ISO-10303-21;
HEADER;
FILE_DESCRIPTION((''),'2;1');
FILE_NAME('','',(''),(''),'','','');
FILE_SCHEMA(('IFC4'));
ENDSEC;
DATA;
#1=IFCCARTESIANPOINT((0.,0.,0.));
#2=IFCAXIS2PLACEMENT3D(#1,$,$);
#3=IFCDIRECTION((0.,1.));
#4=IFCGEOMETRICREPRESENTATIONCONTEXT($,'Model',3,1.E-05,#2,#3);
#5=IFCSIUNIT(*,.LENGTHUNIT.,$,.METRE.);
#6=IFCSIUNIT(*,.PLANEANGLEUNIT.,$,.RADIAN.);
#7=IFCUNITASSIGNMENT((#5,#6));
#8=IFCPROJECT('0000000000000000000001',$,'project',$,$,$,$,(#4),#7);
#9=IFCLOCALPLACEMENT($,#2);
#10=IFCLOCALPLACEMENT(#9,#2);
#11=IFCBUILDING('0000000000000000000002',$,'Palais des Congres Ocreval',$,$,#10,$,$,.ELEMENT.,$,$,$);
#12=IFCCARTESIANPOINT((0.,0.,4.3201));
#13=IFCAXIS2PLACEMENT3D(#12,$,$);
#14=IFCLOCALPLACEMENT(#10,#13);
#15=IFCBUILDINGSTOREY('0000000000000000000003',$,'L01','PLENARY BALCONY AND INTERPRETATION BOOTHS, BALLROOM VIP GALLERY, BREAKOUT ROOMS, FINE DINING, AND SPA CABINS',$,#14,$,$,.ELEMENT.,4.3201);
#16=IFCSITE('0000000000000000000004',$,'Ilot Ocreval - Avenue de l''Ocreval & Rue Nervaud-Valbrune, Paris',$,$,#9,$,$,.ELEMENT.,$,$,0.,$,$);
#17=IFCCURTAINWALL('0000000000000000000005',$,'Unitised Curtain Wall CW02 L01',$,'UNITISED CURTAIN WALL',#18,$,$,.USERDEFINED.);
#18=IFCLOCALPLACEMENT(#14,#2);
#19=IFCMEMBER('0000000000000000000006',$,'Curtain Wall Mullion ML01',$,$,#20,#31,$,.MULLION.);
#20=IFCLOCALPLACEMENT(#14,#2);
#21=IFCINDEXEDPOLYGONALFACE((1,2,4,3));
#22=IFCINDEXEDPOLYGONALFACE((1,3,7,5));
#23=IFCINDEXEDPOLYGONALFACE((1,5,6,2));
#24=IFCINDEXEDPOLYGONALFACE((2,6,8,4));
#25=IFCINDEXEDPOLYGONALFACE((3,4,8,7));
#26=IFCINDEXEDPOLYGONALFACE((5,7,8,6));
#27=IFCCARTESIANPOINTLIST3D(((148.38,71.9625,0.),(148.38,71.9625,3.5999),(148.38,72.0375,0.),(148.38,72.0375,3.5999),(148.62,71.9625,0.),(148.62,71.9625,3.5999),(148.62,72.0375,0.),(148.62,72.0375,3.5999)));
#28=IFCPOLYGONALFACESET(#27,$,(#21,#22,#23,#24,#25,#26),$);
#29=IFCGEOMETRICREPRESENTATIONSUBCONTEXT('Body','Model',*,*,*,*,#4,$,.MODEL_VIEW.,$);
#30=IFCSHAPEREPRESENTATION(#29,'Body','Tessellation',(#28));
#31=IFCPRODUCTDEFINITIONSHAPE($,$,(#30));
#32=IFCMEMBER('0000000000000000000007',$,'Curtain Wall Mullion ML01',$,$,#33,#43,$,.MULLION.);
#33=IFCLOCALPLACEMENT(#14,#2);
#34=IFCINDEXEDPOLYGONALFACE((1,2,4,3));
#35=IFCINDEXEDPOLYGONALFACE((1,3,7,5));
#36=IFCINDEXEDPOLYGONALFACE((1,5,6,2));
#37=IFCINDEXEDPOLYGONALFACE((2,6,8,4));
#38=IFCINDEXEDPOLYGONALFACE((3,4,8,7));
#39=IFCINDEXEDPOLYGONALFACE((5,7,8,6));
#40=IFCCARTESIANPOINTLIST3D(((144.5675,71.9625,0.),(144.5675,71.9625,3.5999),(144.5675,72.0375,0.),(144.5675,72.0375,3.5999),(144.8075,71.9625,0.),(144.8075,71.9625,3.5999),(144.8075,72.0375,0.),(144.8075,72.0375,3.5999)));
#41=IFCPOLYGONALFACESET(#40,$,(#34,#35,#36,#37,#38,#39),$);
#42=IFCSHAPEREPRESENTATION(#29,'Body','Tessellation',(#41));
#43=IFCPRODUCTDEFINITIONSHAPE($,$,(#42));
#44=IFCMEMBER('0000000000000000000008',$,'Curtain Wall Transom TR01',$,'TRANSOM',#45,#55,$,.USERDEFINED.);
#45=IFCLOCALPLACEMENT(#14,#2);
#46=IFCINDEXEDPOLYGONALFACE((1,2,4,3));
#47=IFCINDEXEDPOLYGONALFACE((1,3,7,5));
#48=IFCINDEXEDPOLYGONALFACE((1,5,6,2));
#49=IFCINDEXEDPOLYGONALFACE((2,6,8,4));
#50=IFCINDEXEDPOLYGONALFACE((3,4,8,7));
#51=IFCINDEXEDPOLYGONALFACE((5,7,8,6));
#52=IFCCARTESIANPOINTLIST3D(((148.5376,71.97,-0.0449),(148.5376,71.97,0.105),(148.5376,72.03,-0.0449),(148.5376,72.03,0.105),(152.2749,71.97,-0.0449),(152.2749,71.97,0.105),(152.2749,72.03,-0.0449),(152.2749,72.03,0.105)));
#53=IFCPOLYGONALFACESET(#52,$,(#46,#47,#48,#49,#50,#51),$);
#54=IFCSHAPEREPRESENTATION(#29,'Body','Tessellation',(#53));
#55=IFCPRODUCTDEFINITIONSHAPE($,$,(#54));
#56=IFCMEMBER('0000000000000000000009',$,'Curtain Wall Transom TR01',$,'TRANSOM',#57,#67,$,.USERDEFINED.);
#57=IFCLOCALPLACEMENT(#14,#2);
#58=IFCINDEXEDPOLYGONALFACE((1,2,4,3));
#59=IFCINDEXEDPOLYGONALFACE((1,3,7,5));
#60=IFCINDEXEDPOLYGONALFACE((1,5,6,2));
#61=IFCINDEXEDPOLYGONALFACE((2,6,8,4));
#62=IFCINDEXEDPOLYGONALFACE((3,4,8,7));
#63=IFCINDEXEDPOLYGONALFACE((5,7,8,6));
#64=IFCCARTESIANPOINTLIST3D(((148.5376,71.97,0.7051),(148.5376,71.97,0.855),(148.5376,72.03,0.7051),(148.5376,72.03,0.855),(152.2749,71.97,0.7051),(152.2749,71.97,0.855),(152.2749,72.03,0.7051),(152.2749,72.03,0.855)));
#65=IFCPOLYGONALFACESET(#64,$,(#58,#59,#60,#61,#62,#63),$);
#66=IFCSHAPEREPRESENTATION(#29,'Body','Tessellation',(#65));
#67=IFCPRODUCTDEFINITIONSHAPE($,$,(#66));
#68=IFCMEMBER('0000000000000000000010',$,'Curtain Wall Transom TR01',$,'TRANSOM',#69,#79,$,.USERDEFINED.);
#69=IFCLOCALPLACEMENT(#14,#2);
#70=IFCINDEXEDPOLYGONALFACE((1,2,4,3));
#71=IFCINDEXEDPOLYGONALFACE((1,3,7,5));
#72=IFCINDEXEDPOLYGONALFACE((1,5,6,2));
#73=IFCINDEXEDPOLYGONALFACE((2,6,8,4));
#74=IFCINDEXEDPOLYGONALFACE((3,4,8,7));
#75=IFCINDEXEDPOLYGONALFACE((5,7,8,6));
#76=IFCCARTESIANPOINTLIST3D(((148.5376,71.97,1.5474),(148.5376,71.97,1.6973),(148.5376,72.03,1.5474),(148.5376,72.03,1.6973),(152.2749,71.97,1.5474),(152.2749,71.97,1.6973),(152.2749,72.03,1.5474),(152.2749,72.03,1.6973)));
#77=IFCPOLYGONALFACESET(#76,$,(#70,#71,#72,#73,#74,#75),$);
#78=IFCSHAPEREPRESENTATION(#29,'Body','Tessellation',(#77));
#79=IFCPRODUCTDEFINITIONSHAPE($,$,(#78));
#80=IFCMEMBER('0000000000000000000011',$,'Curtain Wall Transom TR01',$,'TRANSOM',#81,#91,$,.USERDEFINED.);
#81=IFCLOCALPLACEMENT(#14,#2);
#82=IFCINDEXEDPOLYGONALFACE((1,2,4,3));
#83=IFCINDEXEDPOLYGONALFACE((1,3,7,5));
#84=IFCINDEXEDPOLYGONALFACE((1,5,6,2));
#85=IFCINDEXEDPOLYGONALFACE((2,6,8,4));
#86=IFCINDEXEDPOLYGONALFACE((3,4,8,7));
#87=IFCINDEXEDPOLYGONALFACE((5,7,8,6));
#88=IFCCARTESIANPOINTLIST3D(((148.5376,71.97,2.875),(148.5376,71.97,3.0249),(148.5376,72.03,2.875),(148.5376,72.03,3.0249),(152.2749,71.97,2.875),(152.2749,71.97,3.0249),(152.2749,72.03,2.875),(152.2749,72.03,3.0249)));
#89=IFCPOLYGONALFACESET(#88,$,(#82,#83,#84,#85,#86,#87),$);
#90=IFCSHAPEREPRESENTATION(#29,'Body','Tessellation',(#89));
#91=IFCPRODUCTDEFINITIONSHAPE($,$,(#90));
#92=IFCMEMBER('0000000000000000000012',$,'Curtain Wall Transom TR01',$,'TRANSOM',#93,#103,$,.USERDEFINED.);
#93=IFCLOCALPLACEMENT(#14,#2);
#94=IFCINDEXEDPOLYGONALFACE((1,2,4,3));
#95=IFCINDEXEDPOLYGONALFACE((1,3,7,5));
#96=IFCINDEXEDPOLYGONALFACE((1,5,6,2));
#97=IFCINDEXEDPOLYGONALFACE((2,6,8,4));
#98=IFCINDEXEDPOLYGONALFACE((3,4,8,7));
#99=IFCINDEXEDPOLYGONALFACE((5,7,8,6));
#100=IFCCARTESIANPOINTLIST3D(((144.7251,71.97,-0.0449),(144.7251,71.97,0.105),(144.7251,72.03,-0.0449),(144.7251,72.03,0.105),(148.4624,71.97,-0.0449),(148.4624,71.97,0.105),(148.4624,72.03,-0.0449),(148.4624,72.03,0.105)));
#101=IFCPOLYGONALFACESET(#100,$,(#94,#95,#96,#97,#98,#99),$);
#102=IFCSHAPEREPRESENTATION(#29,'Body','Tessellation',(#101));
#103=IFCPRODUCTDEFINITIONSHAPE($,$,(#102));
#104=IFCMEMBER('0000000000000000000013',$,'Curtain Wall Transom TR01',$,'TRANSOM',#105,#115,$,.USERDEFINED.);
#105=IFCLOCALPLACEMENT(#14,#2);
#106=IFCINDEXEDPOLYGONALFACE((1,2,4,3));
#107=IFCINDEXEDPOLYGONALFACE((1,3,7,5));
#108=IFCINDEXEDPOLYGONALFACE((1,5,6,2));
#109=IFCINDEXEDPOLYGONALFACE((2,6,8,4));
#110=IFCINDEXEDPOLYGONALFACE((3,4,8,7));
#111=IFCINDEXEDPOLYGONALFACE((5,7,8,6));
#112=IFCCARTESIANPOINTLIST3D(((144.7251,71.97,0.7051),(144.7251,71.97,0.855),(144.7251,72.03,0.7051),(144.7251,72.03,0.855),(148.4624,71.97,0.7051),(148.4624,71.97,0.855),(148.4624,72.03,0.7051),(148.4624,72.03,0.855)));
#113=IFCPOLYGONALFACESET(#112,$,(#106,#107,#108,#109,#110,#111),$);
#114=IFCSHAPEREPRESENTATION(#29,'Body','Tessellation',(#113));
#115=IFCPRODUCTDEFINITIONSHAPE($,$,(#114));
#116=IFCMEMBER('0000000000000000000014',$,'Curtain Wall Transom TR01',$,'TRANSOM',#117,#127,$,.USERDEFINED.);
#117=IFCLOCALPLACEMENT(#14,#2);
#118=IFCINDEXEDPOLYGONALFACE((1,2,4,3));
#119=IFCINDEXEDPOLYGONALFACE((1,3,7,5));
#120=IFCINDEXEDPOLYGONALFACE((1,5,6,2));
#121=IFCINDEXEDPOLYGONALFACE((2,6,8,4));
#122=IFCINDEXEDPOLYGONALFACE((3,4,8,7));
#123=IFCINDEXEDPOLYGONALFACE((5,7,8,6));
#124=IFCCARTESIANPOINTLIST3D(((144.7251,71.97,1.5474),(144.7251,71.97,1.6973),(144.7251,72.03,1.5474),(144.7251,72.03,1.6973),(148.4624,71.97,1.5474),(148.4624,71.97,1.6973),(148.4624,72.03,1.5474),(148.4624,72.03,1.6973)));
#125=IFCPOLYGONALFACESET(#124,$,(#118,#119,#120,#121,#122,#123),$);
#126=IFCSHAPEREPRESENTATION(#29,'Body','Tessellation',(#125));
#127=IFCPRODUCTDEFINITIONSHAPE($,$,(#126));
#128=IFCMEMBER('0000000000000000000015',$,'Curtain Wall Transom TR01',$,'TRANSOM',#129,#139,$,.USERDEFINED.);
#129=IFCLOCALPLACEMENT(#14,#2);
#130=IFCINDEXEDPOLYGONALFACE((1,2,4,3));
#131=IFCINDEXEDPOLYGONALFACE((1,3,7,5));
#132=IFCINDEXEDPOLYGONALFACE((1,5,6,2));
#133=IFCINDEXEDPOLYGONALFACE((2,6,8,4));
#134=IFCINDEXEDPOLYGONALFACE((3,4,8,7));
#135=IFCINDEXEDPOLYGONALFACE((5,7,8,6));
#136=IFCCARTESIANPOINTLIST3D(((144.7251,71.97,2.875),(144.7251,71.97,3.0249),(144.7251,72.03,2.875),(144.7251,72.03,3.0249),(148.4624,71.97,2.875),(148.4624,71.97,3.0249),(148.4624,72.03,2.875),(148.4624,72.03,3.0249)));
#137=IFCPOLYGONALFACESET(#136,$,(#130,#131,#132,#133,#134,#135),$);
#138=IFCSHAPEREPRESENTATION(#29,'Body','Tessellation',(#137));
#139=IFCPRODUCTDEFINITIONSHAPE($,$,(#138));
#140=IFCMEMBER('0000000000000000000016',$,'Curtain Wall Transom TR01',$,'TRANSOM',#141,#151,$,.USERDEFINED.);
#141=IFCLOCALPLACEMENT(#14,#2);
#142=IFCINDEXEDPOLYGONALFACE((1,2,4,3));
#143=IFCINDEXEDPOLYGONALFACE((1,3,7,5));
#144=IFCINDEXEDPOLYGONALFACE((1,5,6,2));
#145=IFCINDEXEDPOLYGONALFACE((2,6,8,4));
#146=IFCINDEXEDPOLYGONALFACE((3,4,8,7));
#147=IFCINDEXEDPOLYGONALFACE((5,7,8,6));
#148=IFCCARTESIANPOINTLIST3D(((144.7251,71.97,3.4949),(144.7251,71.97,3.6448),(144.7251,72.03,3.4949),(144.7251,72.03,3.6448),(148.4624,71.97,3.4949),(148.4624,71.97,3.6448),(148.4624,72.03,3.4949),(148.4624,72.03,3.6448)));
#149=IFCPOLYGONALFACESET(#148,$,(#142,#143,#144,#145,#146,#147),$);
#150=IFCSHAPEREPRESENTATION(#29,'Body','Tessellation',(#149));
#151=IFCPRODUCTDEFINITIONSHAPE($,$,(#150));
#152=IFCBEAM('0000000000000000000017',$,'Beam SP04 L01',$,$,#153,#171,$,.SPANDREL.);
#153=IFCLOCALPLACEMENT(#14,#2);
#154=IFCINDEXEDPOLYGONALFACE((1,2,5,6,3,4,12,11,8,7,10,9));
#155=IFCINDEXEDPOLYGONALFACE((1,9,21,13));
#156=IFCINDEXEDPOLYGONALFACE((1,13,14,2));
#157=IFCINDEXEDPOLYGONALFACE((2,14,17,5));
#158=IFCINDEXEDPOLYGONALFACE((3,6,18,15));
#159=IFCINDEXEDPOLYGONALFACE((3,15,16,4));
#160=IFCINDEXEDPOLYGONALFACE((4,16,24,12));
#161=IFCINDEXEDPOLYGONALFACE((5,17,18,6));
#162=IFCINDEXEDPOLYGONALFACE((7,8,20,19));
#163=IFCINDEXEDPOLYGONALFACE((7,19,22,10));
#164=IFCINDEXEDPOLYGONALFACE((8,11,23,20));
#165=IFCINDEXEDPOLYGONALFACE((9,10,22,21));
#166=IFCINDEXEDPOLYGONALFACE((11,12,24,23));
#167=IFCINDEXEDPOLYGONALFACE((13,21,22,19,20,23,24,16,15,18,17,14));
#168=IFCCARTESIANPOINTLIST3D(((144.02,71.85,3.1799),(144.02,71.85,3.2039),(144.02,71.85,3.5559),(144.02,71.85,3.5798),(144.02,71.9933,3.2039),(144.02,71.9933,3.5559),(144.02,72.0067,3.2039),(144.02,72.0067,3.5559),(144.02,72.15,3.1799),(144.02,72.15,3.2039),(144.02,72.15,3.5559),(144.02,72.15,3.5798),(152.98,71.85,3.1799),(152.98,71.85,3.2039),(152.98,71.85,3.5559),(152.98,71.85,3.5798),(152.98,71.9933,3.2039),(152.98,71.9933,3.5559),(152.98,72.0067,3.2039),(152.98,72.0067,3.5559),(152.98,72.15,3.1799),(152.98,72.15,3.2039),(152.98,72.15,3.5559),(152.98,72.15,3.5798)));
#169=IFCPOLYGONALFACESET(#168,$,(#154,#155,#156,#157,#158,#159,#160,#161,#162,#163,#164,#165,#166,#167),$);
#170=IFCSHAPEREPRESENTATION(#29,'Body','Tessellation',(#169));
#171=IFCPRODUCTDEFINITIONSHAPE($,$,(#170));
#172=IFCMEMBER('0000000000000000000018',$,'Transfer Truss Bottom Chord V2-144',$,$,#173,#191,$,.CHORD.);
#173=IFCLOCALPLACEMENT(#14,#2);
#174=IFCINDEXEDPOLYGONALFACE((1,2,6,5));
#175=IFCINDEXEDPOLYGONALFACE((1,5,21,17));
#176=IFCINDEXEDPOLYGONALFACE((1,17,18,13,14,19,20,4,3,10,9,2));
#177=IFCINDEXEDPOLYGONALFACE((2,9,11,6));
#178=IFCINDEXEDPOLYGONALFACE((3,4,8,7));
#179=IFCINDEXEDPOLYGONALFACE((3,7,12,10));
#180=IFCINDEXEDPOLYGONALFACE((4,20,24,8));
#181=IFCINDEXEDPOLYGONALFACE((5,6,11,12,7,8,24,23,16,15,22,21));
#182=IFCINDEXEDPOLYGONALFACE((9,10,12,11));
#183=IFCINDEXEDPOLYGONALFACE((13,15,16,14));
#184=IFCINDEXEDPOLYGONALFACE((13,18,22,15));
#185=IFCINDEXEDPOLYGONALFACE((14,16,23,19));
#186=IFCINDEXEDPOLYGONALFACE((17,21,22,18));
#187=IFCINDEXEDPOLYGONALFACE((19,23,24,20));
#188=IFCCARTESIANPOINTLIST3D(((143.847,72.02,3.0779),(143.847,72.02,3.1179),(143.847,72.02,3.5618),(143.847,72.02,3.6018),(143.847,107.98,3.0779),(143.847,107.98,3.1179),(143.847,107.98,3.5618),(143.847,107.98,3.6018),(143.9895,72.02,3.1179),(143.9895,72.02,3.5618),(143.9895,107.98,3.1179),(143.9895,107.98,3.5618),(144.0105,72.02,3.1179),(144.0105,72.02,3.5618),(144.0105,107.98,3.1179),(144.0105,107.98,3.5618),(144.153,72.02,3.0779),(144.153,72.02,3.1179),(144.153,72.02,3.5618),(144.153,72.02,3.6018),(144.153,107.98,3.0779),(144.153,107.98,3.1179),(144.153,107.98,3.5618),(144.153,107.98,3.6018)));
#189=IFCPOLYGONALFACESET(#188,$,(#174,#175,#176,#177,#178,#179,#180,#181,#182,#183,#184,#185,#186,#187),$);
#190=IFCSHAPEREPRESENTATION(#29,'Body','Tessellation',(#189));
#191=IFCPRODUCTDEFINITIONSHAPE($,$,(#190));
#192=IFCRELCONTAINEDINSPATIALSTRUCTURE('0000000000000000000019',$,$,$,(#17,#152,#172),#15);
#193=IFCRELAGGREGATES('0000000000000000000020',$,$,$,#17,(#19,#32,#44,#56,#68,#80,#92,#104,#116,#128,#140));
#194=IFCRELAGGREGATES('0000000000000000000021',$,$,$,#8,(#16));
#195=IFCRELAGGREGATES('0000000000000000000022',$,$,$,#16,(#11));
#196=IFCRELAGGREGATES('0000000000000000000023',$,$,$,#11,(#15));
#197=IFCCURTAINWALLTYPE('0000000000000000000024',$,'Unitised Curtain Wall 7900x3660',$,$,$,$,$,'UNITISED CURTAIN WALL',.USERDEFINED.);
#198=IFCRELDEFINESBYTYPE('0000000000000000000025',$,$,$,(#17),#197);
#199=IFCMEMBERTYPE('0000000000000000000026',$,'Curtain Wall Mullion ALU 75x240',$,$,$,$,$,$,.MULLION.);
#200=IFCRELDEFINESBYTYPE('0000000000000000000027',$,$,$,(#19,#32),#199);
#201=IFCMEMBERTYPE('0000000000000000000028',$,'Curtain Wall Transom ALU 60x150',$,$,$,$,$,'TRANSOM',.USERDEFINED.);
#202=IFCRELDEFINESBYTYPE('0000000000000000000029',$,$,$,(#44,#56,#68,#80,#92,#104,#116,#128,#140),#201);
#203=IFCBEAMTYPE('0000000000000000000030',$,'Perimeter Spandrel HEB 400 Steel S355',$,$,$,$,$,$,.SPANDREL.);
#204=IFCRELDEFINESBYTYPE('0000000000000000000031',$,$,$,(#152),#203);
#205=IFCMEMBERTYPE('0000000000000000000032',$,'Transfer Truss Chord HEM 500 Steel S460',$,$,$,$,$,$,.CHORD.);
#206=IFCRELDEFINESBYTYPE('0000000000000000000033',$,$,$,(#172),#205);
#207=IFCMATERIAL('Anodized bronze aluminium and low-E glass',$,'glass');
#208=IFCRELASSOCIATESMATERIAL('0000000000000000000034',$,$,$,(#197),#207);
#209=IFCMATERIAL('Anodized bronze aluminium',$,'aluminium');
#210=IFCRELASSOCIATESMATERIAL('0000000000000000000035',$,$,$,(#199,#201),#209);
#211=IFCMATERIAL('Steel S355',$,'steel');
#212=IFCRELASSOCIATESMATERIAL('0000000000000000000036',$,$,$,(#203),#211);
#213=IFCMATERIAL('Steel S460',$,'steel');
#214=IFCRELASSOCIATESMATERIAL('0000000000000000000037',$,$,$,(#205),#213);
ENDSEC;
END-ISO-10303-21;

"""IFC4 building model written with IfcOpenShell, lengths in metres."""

from ifc_helpers import new_model, si_unit, direction, frame, origin, origin_2d, place, context, subcontext, project, spatial, rectangle, i_section, extrude, material, material_profile, profile_set, type_object, element, aggregate, save


model = new_model("IFC4")

# Units and contexts
model_context = context("Model", 3, precision=1e-05, world=origin(), true_north=direction((0.0, 1.0)))
body_context = subcontext(model_context, "Body", "Model", "MODEL_VIEW")
ifc_project = project(units=[si_unit("LENGTHUNIT", "METRE"), si_unit("PLANEANGLEUNIT", "RADIAN")], contexts=[model_context])

# Site, building, storey
site_placement = place(None, origin())
site = spatial("IfcSite", under=ifc_project, at=site_placement, Name="Ilot Ocreval - Avenue de l'Ocreval & Rue Nervaud-Valbrune, Paris", CompositionType="ELEMENT", RefElevation=0.0)
building_placement = place(site_placement, origin())
building = spatial("IfcBuilding", under=site, at=building_placement, Name="Palais des Congres Ocreval", CompositionType="ELEMENT")
storey_placement = place(building_placement, frame((0.0, 0.0, 4.3201)))
storey = spatial("IfcBuildingStorey", under=building, at=storey_placement, Name="L01", Description="PLENARY BALCONY AND INTERPRETATION BOOTHS, BALLROOM VIP GALLERY, BREAKOUT ROOMS, FINE DINING, AND SPA CABINS", CompositionType="ELEMENT", Elevation=4.3201)

# Curtain wall, members
ifc_material_1 = material(Name="Anodized bronze aluminium and low-E glass", Category="glass")
curtain_wall_type = type_object("IfcCurtainWallType", Name="Unitised Curtain Wall 7900x3660", ElementType="UNITISED CURTAIN WALL", PredefinedType="USERDEFINED", material=ifc_material_1)
curtain_wall_placement = place(storey_placement, origin())
curtain_wall = element("IfcCurtainWall", 1, at=curtain_wall_placement, inside=storey, type_object=curtain_wall_type, Name="Unitised Curtain Wall CW02 L01", ObjectType="UNITISED CURTAIN WALL", PredefinedType="USERDEFINED")
ifc_material_2 = material(Name="Anodized bronze aluminium", Category="aluminium")
ifc_material_profile_1 = material_profile(ifc_material_2, rectangle(XDim=0.075, YDim=0.24, at=origin_2d()), Name="ALU 75x240")
ifc_profile_set_1 = profile_set([ifc_material_profile_1], Name="Anodized bronze aluminium")
member_type_1 = type_object("IfcMemberType", Name="Curtain Wall Mullion ALU 75x240", PredefinedType="MULLION", material=ifc_profile_set_1)
member_1_placement = place(storey_placement, frame((148.5, 72.0, 0.0), z_axis=(0.0, 0.0, 1.0), x_axis=(0.0, -1.0, 0.0)))
member_1 = element("IfcMember", 2, at=member_1_placement, type_object=member_type_1, Name="Curtain Wall Mullion ML01", PredefinedType="MULLION", context=body_context, shape_type="SweptSolid", body=[
    extrude(rectangle(XDim=0.075, YDim=0.24, at=origin_2d()), origin(), (0.0, 0.0, 1.0), 3.5999),
])
member_2_placement = place(storey_placement, frame((144.6875, 72.0, 0.0), z_axis=(0.0, 0.0, 1.0), x_axis=(0.0, -1.0, 0.0)))
member_2 = element("IfcMember", 3, at=member_2_placement, type_object=member_type_1, Name="Curtain Wall Mullion ML01", PredefinedType="MULLION", context=body_context, shape_type="SweptSolid", body=[
    extrude(rectangle(XDim=0.075, YDim=0.24, at=origin_2d()), origin(), (0.0, 0.0, 1.0), 3.5999),
])
ifc_material_profile_2 = material_profile(ifc_material_2, rectangle(XDim=0.0601, YDim=0.1499, at=origin_2d()), Name="ALU 60x150")
ifc_profile_set_2 = profile_set([ifc_material_profile_2], Name="Anodized bronze aluminium")
member_type_2 = type_object("IfcMemberType", Name="Curtain Wall Transom ALU 60x150", ElementType="TRANSOM", PredefinedType="USERDEFINED", material=ifc_profile_set_2)
member_3_placement = place(storey_placement, frame((152.2749, 72.0, 0.03), z_axis=(-1.0, 0.0, 0.0), x_axis=(0.0, -1.0, 0.0)))
member_3 = element("IfcMember", 4, at=member_3_placement, type_object=member_type_2, Name="Curtain Wall Transom TR01", ObjectType="TRANSOM", PredefinedType="USERDEFINED", context=body_context, shape_type="SweptSolid", body=[
    extrude(rectangle(XDim=0.0601, YDim=0.1499, at=origin_2d()), origin(), (0.0, 0.0, 1.0), 3.7373),
])
member_4_placement = place(storey_placement, frame((152.2749, 72.0, 0.78), z_axis=(-1.0, 0.0, 0.0), x_axis=(0.0, -1.0, 0.0)))
member_4 = element("IfcMember", 5, at=member_4_placement, type_object=member_type_2, Name="Curtain Wall Transom TR01", ObjectType="TRANSOM", PredefinedType="USERDEFINED", context=body_context, shape_type="SweptSolid", body=[
    extrude(rectangle(XDim=0.0601, YDim=0.1499, at=origin_2d()), origin(), (0.0, 0.0, 1.0), 3.7373),
])
member_5_placement = place(storey_placement, frame((152.2749, 72.0, 1.6223), z_axis=(-1.0, 0.0, 0.0), x_axis=(0.0, -1.0, 0.0)))
member_5 = element("IfcMember", 6, at=member_5_placement, type_object=member_type_2, Name="Curtain Wall Transom TR01", ObjectType="TRANSOM", PredefinedType="USERDEFINED", context=body_context, shape_type="SweptSolid", body=[
    extrude(rectangle(XDim=0.0601, YDim=0.1499, at=origin_2d()), origin(), (0.0, 0.0, 1.0), 3.7373),
])
member_6_placement = place(storey_placement, frame((152.2749, 72.0, 2.95), z_axis=(-1.0, 0.0, 0.0), x_axis=(0.0, -1.0, 0.0)))
member_6 = element("IfcMember", 7, at=member_6_placement, type_object=member_type_2, Name="Curtain Wall Transom TR01", ObjectType="TRANSOM", PredefinedType="USERDEFINED", context=body_context, shape_type="SweptSolid", body=[
    extrude(rectangle(XDim=0.0601, YDim=0.1499, at=origin_2d()), origin(), (0.0, 0.0, 1.0), 3.7373),
])
member_7_placement = place(storey_placement, frame((148.4624, 72.0, 0.03), z_axis=(-1.0, 0.0, 0.0), x_axis=(0.0, -1.0, 0.0)))
member_7 = element("IfcMember", 8, at=member_7_placement, type_object=member_type_2, Name="Curtain Wall Transom TR01", ObjectType="TRANSOM", PredefinedType="USERDEFINED", context=body_context, shape_type="SweptSolid", body=[
    extrude(rectangle(XDim=0.0601, YDim=0.1499, at=origin_2d()), origin(), (0.0, 0.0, 1.0), 3.7373),
])
member_8_placement = place(storey_placement, frame((148.4624, 72.0, 0.78), z_axis=(-1.0, 0.0, 0.0), x_axis=(0.0, -1.0, 0.0)))
member_8 = element("IfcMember", 9, at=member_8_placement, type_object=member_type_2, Name="Curtain Wall Transom TR01", ObjectType="TRANSOM", PredefinedType="USERDEFINED", context=body_context, shape_type="SweptSolid", body=[
    extrude(rectangle(XDim=0.0601, YDim=0.1499, at=origin_2d()), origin(), (0.0, 0.0, 1.0), 3.7373),
])
member_9_placement = place(storey_placement, frame((148.4624, 72.0, 1.6223), z_axis=(-1.0, 0.0, 0.0), x_axis=(0.0, -1.0, 0.0)))
member_9 = element("IfcMember", 10, at=member_9_placement, type_object=member_type_2, Name="Curtain Wall Transom TR01", ObjectType="TRANSOM", PredefinedType="USERDEFINED", context=body_context, shape_type="SweptSolid", body=[
    extrude(rectangle(XDim=0.0601, YDim=0.1499, at=origin_2d()), origin(), (0.0, 0.0, 1.0), 3.7373),
])
member_10_placement = place(storey_placement, frame((148.4624, 72.0, 2.95), z_axis=(-1.0, 0.0, 0.0), x_axis=(0.0, -1.0, 0.0)))
member_10 = element("IfcMember", 11, at=member_10_placement, type_object=member_type_2, Name="Curtain Wall Transom TR01", ObjectType="TRANSOM", PredefinedType="USERDEFINED", context=body_context, shape_type="SweptSolid", body=[
    extrude(rectangle(XDim=0.0601, YDim=0.1499, at=origin_2d()), origin(), (0.0, 0.0, 1.0), 3.7373),
])
member_11_placement = place(storey_placement, frame((148.4624, 72.0, 3.5698), z_axis=(-1.0, 0.0, 0.0), x_axis=(0.0, -1.0, 0.0)))
member_11 = element("IfcMember", 12, at=member_11_placement, type_object=member_type_2, Name="Curtain Wall Transom TR01", ObjectType="TRANSOM", PredefinedType="USERDEFINED", context=body_context, shape_type="SweptSolid", body=[
    extrude(rectangle(XDim=0.0601, YDim=0.1499, at=origin_2d()), origin(), (0.0, 0.0, 1.0), 3.7373),
])

# Beam
ifc_material_3 = material(Name="Steel S355", Category="steel")
ifc_material_profile_3 = material_profile(ifc_material_3, i_section(OverallWidth=0.3, OverallDepth=0.3999, WebThickness=0.0134, FlangeThickness=0.0239, at=origin_2d()), Name="HEB 400")
ifc_profile_set_3 = profile_set([ifc_material_profile_3], Name="Steel S355")
beam_type = type_object("IfcBeamType", Name="Perimeter Spandrel HEB 400 Steel S355", PredefinedType="SPANDREL", material=ifc_profile_set_3)
beam_placement = place(storey_placement, frame((144.02, 72.0, 3.3799), z_axis=(1.0, 0.0, 0.0), x_axis=(0.0, 1.0, 0.0)))
element("IfcBeam", 13, at=beam_placement, inside=storey, type_object=beam_type, Name="Beam SP04 L01", PredefinedType="SPANDREL", context=body_context, shape_type="SweptSolid", body=[
    extrude(i_section(OverallWidth=0.3, OverallDepth=0.3999, WebThickness=0.0134, FlangeThickness=0.0239, at=origin_2d()), origin(), (0.0, 0.0, 1.0), 8.96),
])

# Member
ifc_material_4 = material(Name="Steel S460", Category="steel")
ifc_material_profile_4 = material_profile(ifc_material_4, i_section(OverallWidth=0.3059, OverallDepth=0.5239, WebThickness=0.021, FlangeThickness=0.04, at=origin_2d()), Name="HEM 500")
ifc_profile_set_4 = profile_set([ifc_material_profile_4], Name="Steel S460")
member_type_3 = type_object("IfcMemberType", Name="Transfer Truss Chord HEM 500 Steel S460", PredefinedType="CHORD", material=ifc_profile_set_4)
member_12_placement = place(storey_placement, frame((144.0, 72.02, 3.3398), z_axis=(0.0, 1.0, 0.0), x_axis=(-1.0, 0.0, 0.0)))
element("IfcMember", 14, at=member_12_placement, inside=storey, type_object=member_type_3, Name="Transfer Truss Bottom Chord V2-144", PredefinedType="CHORD", context=body_context, shape_type="SweptSolid", body=[
    extrude(i_section(OverallWidth=0.3059, OverallDepth=0.5239, WebThickness=0.021, FlangeThickness=0.04, at=origin_2d()), origin(), (0.0, 0.0, 1.0), 35.96),
])

aggregate(curtain_wall, [member_1, member_2, member_3, member_4, member_5, member_6, member_7, member_8, member_9, member_10, member_11])

save(model, "model.ifc")
